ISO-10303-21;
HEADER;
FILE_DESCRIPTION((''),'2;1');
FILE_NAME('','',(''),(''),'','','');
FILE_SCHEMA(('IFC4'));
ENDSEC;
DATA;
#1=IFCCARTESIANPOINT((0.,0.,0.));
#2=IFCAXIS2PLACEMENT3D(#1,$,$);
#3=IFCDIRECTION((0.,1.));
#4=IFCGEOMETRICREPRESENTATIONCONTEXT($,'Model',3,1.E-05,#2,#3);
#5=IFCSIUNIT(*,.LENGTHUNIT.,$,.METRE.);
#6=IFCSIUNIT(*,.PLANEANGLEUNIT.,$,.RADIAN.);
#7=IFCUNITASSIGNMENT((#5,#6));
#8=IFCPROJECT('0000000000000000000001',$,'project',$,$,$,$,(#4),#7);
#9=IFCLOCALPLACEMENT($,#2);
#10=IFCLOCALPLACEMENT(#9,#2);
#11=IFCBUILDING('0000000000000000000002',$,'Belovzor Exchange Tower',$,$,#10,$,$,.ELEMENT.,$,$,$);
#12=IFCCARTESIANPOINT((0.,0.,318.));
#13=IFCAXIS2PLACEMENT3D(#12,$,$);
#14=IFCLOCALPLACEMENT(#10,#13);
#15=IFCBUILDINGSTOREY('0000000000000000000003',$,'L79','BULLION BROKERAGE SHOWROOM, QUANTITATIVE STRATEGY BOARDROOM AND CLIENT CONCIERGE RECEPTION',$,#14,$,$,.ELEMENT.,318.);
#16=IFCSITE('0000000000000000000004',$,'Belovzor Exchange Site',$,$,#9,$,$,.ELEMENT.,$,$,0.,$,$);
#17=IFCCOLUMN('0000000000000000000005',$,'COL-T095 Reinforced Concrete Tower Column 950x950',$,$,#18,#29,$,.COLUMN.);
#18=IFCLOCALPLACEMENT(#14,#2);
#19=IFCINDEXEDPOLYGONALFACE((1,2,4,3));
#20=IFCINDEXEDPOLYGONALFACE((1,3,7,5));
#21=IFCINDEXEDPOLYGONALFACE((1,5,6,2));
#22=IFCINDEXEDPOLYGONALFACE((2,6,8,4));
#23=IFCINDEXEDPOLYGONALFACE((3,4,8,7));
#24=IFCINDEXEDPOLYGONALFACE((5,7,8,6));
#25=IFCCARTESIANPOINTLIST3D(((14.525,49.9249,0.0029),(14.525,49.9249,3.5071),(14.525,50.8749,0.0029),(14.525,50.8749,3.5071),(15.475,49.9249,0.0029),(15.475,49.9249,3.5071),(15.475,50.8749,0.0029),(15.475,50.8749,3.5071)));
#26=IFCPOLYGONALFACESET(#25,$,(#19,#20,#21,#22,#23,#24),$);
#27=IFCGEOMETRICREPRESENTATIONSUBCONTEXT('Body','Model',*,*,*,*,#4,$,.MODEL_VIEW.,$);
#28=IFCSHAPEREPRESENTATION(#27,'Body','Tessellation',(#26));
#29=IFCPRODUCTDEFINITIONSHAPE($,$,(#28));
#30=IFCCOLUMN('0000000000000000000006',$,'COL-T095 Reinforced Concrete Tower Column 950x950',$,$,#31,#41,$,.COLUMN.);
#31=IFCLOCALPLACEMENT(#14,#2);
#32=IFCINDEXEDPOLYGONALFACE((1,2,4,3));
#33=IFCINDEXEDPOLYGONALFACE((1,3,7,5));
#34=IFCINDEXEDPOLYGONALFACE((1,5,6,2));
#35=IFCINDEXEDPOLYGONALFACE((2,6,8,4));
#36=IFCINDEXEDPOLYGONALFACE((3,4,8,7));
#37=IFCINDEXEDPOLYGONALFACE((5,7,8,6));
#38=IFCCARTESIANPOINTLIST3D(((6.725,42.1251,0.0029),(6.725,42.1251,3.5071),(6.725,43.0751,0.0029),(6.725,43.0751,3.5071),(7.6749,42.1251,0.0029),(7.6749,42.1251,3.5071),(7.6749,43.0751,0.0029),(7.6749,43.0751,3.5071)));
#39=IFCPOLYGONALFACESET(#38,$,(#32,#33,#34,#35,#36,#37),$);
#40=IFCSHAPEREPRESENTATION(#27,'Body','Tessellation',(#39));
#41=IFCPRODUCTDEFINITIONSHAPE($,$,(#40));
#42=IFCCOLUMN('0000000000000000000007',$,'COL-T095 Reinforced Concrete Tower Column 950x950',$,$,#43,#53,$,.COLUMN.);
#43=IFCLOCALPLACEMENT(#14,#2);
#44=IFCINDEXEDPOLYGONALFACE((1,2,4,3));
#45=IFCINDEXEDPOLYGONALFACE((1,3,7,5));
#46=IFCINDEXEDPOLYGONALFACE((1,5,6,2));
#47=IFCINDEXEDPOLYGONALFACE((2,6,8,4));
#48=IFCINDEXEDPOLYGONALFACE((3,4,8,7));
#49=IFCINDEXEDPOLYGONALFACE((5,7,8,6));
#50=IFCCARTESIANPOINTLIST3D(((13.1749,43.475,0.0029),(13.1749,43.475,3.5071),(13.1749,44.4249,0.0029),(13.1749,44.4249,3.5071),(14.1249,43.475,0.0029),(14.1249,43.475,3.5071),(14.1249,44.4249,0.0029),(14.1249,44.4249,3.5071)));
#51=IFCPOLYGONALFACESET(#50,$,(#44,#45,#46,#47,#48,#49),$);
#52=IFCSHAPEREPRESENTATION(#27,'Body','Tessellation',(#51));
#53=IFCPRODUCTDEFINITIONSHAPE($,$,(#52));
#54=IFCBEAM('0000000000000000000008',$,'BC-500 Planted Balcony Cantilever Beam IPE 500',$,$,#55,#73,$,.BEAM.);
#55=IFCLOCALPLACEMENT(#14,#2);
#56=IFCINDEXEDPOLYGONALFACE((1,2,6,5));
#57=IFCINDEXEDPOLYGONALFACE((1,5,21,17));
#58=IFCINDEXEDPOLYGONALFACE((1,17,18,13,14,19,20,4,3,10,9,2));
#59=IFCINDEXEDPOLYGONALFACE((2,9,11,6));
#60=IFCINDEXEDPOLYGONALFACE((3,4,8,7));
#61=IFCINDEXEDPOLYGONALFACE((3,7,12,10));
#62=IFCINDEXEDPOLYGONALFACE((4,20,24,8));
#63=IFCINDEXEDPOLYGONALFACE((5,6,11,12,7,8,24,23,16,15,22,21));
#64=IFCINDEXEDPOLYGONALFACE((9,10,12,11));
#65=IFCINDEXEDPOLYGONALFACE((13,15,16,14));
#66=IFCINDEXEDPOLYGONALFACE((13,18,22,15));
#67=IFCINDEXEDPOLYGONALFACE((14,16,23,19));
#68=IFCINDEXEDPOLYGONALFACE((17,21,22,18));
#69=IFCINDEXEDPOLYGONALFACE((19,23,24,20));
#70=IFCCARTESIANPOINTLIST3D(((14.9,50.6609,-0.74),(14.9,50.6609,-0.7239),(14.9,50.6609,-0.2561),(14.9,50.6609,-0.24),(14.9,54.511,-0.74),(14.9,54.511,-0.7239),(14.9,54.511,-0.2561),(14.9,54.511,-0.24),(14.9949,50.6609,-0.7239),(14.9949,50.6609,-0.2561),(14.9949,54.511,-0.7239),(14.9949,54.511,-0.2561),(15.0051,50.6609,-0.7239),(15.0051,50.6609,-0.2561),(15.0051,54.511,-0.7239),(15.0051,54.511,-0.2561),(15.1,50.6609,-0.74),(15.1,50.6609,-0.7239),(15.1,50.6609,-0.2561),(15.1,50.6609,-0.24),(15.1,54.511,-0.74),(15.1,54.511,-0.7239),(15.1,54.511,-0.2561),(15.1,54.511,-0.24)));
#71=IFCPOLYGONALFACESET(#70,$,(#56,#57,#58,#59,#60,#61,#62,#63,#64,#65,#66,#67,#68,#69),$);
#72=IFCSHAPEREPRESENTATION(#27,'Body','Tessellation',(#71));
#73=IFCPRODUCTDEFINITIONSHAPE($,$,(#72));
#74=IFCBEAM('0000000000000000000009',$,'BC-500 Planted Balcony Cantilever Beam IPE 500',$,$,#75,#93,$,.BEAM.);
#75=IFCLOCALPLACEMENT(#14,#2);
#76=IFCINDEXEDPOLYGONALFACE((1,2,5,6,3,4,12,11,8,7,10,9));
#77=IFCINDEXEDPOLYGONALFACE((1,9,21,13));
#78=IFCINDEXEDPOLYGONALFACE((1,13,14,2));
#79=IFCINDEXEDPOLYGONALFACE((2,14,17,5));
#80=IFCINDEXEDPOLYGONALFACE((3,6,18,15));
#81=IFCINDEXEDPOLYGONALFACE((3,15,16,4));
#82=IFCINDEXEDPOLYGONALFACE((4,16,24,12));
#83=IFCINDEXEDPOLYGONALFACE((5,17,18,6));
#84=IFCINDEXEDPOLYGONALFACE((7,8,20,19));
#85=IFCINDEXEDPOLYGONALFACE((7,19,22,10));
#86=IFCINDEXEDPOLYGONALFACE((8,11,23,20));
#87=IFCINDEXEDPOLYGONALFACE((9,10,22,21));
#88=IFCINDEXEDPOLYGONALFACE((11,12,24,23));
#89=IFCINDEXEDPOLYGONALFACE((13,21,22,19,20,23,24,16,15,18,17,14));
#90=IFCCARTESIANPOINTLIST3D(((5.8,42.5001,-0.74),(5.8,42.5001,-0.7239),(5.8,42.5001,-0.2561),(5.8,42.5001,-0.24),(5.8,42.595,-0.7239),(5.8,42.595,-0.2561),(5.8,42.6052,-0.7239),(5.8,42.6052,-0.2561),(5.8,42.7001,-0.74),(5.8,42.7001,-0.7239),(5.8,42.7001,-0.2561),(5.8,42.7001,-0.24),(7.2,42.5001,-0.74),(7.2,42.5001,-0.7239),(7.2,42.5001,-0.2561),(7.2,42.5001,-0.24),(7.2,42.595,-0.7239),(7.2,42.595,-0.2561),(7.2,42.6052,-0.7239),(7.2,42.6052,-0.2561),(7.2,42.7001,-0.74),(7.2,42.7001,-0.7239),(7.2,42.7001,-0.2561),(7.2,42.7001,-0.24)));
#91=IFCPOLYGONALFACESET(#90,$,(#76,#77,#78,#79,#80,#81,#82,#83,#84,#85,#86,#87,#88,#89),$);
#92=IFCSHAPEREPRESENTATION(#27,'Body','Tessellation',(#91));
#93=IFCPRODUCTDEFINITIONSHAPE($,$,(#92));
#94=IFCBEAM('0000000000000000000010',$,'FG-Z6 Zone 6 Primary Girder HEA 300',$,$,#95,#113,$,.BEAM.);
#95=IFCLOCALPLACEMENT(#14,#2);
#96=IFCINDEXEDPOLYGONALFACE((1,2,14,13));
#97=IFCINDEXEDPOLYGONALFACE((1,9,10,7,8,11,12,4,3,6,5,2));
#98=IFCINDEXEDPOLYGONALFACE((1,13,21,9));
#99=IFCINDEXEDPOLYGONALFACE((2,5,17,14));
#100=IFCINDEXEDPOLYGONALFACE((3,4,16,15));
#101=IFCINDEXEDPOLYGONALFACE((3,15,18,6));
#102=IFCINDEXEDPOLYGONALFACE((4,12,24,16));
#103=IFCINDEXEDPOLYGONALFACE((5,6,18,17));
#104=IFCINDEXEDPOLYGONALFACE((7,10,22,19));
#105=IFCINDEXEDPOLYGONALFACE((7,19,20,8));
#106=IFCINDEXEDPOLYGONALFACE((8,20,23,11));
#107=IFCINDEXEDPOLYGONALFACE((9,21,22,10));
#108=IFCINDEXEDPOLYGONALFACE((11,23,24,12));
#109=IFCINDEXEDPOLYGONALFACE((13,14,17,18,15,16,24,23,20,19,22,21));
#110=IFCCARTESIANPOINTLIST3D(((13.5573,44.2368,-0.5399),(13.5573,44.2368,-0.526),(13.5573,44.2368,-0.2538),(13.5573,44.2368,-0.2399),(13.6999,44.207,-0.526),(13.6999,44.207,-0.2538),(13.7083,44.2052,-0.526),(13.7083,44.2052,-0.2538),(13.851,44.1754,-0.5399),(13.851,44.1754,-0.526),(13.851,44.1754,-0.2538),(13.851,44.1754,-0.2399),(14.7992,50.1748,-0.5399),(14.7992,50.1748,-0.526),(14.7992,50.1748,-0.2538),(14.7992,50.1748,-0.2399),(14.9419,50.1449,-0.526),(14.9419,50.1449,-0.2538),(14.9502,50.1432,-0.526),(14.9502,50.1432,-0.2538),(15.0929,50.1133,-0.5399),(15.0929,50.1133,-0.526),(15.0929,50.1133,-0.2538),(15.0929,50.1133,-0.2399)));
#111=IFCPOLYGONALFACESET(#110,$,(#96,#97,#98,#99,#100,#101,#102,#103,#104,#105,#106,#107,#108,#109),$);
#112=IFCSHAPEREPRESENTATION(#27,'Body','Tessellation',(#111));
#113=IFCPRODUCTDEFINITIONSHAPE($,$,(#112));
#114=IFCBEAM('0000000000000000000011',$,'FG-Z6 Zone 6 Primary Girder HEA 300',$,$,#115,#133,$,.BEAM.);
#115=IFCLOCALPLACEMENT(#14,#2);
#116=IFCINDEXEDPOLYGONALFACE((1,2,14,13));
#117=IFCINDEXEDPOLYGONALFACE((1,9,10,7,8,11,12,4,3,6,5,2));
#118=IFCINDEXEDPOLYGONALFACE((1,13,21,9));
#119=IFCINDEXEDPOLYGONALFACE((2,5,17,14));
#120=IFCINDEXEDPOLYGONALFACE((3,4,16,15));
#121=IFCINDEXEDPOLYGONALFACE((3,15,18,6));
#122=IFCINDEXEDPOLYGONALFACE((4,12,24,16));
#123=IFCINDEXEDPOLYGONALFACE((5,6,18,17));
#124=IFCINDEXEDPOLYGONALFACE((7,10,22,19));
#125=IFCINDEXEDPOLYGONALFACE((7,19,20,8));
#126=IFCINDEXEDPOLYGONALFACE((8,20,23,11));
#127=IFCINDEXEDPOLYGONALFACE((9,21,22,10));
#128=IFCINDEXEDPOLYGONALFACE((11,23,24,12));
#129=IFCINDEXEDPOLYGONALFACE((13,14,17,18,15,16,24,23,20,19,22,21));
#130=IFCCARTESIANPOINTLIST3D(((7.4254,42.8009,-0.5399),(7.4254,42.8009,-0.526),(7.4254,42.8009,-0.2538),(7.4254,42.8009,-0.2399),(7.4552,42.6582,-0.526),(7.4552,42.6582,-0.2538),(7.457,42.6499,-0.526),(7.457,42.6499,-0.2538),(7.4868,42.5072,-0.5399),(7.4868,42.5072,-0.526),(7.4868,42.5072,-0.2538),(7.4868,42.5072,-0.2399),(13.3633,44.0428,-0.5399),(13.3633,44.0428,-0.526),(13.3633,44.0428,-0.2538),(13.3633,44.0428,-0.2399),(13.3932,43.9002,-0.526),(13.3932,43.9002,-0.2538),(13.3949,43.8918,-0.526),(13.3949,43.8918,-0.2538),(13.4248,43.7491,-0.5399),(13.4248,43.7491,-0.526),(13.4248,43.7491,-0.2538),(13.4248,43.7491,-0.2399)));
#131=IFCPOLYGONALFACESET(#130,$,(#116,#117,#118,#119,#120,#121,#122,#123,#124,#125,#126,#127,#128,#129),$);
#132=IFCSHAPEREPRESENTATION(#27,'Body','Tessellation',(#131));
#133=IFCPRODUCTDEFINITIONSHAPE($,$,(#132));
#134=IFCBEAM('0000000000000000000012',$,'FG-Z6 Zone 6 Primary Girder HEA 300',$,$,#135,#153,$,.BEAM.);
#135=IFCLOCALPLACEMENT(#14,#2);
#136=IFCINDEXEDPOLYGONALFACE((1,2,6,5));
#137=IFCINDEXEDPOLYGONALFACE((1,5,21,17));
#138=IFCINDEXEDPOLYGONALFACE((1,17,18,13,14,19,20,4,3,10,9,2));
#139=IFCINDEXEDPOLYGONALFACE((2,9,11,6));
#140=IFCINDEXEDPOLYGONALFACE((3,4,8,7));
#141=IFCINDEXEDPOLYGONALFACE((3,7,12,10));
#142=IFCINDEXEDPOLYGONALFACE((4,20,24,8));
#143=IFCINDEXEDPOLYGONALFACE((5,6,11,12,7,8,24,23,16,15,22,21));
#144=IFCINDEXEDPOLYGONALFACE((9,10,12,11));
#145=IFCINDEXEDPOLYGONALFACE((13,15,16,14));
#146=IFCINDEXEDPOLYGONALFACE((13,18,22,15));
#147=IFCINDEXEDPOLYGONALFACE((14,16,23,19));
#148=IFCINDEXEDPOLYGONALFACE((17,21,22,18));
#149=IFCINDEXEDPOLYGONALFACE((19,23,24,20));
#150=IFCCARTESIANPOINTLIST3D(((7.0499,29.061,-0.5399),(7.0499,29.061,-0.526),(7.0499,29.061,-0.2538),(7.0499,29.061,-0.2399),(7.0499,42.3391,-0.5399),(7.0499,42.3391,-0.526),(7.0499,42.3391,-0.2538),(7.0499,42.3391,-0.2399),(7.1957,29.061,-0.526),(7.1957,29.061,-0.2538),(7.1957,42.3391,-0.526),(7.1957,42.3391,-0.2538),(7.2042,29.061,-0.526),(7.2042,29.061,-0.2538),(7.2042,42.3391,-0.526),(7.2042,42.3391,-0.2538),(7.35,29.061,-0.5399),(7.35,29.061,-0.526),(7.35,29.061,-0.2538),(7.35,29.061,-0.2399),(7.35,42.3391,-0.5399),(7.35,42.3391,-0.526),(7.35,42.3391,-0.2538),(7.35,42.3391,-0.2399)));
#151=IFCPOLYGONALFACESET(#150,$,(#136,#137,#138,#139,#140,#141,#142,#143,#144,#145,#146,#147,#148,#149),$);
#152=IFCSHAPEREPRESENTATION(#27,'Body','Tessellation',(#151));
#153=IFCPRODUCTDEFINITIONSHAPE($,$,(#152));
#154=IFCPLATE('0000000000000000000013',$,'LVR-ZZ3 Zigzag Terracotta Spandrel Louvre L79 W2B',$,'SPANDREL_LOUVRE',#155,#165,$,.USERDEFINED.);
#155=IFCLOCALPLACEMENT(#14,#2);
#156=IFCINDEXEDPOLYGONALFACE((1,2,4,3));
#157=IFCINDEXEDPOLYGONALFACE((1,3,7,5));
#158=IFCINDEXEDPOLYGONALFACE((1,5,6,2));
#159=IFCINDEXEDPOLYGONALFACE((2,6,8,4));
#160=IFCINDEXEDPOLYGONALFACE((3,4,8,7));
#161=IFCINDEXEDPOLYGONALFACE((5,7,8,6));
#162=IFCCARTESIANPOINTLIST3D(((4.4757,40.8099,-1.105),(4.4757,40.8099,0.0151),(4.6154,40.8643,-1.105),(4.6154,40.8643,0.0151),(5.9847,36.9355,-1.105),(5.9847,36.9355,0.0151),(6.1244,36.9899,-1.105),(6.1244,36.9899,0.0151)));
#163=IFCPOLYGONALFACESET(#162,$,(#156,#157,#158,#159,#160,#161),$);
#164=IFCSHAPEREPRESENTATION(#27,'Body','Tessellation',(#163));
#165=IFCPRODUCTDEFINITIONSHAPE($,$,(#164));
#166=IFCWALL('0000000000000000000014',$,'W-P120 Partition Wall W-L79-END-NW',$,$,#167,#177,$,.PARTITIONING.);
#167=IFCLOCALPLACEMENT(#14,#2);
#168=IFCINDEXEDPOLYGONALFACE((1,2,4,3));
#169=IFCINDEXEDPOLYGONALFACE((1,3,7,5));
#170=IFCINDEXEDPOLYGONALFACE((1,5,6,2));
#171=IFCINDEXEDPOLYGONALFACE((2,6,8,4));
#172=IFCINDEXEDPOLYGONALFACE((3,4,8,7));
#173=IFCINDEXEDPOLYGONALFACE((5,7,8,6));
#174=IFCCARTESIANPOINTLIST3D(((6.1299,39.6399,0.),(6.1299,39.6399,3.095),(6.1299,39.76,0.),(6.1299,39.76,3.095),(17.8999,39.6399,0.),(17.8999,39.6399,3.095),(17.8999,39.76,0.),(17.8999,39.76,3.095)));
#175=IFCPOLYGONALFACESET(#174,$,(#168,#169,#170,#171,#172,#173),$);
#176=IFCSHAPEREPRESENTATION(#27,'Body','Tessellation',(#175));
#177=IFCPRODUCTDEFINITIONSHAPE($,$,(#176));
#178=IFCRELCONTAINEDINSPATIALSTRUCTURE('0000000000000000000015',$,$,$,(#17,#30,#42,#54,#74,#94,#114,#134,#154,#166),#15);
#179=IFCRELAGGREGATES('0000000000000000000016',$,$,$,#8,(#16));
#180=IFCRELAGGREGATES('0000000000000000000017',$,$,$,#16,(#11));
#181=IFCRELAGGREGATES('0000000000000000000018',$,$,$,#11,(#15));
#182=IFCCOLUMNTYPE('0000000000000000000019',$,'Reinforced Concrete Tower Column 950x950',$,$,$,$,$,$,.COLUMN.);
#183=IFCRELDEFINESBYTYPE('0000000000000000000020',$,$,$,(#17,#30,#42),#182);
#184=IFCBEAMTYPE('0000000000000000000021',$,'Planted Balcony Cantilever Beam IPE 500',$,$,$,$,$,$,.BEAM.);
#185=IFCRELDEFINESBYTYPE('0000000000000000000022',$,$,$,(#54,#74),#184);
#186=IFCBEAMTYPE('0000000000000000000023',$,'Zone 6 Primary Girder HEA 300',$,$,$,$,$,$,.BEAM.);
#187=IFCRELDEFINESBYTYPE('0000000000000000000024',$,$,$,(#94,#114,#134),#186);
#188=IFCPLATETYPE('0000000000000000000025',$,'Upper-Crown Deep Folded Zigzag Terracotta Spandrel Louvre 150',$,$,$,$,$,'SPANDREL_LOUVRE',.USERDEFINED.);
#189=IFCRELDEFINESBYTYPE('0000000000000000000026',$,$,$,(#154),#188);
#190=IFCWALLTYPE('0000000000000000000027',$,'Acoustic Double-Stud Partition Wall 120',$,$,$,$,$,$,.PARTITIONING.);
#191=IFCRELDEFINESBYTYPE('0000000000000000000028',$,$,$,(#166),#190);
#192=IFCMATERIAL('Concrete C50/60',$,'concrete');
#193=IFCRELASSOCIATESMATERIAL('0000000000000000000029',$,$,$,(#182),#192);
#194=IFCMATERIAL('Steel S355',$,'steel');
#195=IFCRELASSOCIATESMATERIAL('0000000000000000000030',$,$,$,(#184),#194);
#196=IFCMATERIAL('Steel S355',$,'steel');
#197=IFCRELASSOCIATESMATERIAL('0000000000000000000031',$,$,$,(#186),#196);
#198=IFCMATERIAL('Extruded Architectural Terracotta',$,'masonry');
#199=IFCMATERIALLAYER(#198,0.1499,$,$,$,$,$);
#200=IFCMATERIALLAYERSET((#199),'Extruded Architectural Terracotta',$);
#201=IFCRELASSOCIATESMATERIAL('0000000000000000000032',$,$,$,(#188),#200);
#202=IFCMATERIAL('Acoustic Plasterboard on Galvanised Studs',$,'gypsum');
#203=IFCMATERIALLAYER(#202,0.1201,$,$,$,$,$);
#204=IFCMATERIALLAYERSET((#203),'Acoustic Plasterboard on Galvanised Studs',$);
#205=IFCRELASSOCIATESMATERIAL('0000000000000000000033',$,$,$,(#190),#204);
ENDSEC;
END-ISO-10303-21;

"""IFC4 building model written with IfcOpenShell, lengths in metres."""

from ifc_helpers import new_model, si_unit, direction, frame, frame_2d, origin, origin_2d, place, context, subcontext, project, spatial, rectangle, i_section, extrude, material, layer, layer_set, material_profile, profile_set, type_object, element, save


model = new_model("IFC4")

# Units and contexts
model_context = context("Model", 3, precision=1e-05, world=origin(), true_north=direction((0.0, 1.0)))
body_context = subcontext(model_context, "Body", "Model", "MODEL_VIEW")
ifc_project = project(units=[si_unit("LENGTHUNIT", "METRE"), si_unit("PLANEANGLEUNIT", "RADIAN")], contexts=[model_context])

# Site, building, storey
site_placement = place(None, origin())
site = spatial("IfcSite", under=ifc_project, at=site_placement, Name="Belovzor Exchange Site", CompositionType="ELEMENT", RefElevation=0.0)
building_placement = place(site_placement, origin())
building = spatial("IfcBuilding", under=site, at=building_placement, Name="Belovzor Exchange Tower", CompositionType="ELEMENT")
storey_placement = place(building_placement, frame((0.0, 0.0, 318.0)))
storey = spatial("IfcBuildingStorey", under=building, at=storey_placement, Name="L79", Description="BULLION BROKERAGE SHOWROOM, QUANTITATIVE STRATEGY BOARDROOM AND CLIENT CONCIERGE RECEPTION", CompositionType="ELEMENT", Elevation=318.0)

# Columns
ifc_material_1 = material(Name="Concrete C50/60", Category="concrete")
ifc_material_profile_1 = material_profile(ifc_material_1, rectangle(XDim=0.95, YDim=0.95, at=origin_2d()))
ifc_profile_set_1 = profile_set([ifc_material_profile_1], Name="Concrete C50/60")
column_type = type_object("IfcColumnType", Name="Reinforced Concrete Tower Column 950x950", PredefinedType="COLUMN", material=ifc_profile_set_1)
for number, where, z_axis, x_axis, name in (
    (1, (15.0, 50.3999, 0.0029), (0.0, 0.0, 1.0), (1.0, 0.0, 0.0), "COL-T095 Reinforced Concrete Tower Column 950x950"),
    (2, (7.2, 42.6001, 0.0029), (0.0, 0.0, 1.0), (1.0, 0.0, 0.0), "COL-T095 Reinforced Concrete Tower Column 950x950"),
    (3, (13.6499, 43.95, 0.0029), (0.0, 0.0, 1.0), (1.0, 0.0, 0.0), "COL-T095 Reinforced Concrete Tower Column 950x950"),
):
    element("IfcColumn", number, at=place(storey_placement, frame(where, z_axis=z_axis, x_axis=x_axis)), inside=storey, type_object=column_type, Name=name, PredefinedType="COLUMN", context=body_context, shape_type="SweptSolid", body=[
        extrude(rectangle(XDim=0.95, YDim=0.95, at=origin_2d()), origin(), (0.0, 0.0, 1.0), 3.5042),
    ])

# Beams
ifc_material_2 = material(Name="Steel S355", Category="steel")
ifc_material_profile_2 = material_profile(ifc_material_2, i_section(OverallWidth=0.2, OverallDepth=0.5, WebThickness=0.0103, FlangeThickness=0.0161, at=origin_2d()))
ifc_profile_set_2 = profile_set([ifc_material_profile_2], Name="Steel S355")
beam_type_1 = type_object("IfcBeamType", Name="Planted Balcony Cantilever Beam IPE 500", PredefinedType="BEAM", material=ifc_profile_set_2)
beam_1_placement = place(storey_placement, frame((15.0, 50.6609, -0.49), z_axis=(0.0, 1.0, 0.0), x_axis=(-1.0, 0.0, 0.0)))
element("IfcBeam", 4, at=beam_1_placement, inside=storey, type_object=beam_type_1, Name="BC-500 Planted Balcony Cantilever Beam IPE 500", PredefinedType="BEAM", context=body_context, shape_type="SweptSolid", body=[
    extrude(i_section(OverallWidth=0.2, OverallDepth=0.5, WebThickness=0.0103, FlangeThickness=0.0161, at=origin_2d()), origin(), (0.0, 0.0, 1.0), 3.8501),
])
beam_2_placement = place(storey_placement, frame((7.2, 42.6001, -0.49), z_axis=(-1.0, 0.0, 0.0), x_axis=(0.0, -1.0, 0.0)))
element("IfcBeam", 5, at=beam_2_placement, inside=storey, type_object=beam_type_1, Name="BC-500 Planted Balcony Cantilever Beam IPE 500", PredefinedType="BEAM", context=body_context, shape_type="SweptSolid", body=[
    extrude(i_section(OverallWidth=0.2, OverallDepth=0.5, WebThickness=0.0103, FlangeThickness=0.0161, at=origin_2d()), origin(), (0.0, 0.0, 1.0), 1.3999),
])
ifc_material_3 = material(Name="Steel S355", Category="steel")
ifc_material_profile_3 = material_profile(ifc_material_3, i_section(OverallWidth=0.3, OverallDepth=0.3, WebThickness=0.0085, FlangeThickness=0.0139, at=origin_2d()))
ifc_profile_set_3 = profile_set([ifc_material_profile_3], Name="Steel S355")
beam_type_2 = type_object("IfcBeamType", Name="Zone 6 Primary Girder HEA 300", PredefinedType="BEAM", material=ifc_profile_set_3)
for number, where, z_axis, x_axis, name in (
    (6, (14.946, 50.144, -0.3899), (-0.204722, -0.97882, 0.0), (0.97882, -0.204722, 0.0), "FG-Z6 Zone 6 Primary Girder HEA 300"),
    (7, (13.394, 43.896, -0.3899), (-0.97882, -0.204722, 0.0), (0.204722, -0.97882, 0.0), "FG-Z6 Zone 6 Primary Girder HEA 300"),
):
    element("IfcBeam", number, at=place(storey_placement, frame(where, z_axis=z_axis, x_axis=x_axis)), inside=storey, type_object=beam_type_2, Name=name, PredefinedType="BEAM", context=body_context, shape_type="SweptSolid", body=[
        extrude(i_section(OverallWidth=0.3, OverallDepth=0.3, WebThickness=0.0085, FlangeThickness=0.0139, at=origin_2d()), origin(), (0.0, 0.0, 1.0), 6.0664),
    ])
beam_3_placement = place(storey_placement, frame((7.2, 42.3391, -0.3899), z_axis=(0.0, -1.0, 0.0), x_axis=(1.0, 0.0, 0.0)))
element("IfcBeam", 8, at=beam_3_placement, inside=storey, type_object=beam_type_2, Name="FG-Z6 Zone 6 Primary Girder HEA 300", PredefinedType="BEAM", context=body_context, shape_type="SweptSolid", body=[
    extrude(i_section(OverallWidth=0.3, OverallDepth=0.3, WebThickness=0.0085, FlangeThickness=0.0139, at=origin_2d()), origin(), (0.0, 0.0, 1.0), 13.2781),
])

# Plate
ifc_material_4 = material(Name="Extruded Architectural Terracotta", Category="masonry")
ifc_layer_1 = layer(ifc_material_4, 0.1499)
ifc_layer_set_1 = layer_set([ifc_layer_1], Name="Extruded Architectural Terracotta")
plate_type = type_object("IfcPlateType", Name="Upper-Crown Deep Folded Zigzag Terracotta Spandrel Louvre 150", ElementType="SPANDREL_LOUVRE", PredefinedType="USERDEFINED", material=ifc_layer_set_1)
plate_placement = place(storey_placement, frame((5.3, 38.8999, -1.105), z_axis=(0.0, 0.0, 1.0), x_axis=(-0.362926, 0.931818, 0.0)))
element("IfcPlate", 9, at=plate_placement, inside=storey, type_object=plate_type, Name="LVR-ZZ3 Zigzag Terracotta Spandrel Louvre L79 W2B", ObjectType="SPANDREL_LOUVRE", PredefinedType="USERDEFINED", context=body_context, shape_type="SweptSolid", body=[
    extrude(rectangle(XDim=4.158, YDim=0.1499, at=origin_2d()), origin(), (0.0, 0.0, 1.0), 1.1201),
])

# Wall
ifc_material_5 = material(Name="Acoustic Plasterboard on Galvanised Studs", Category="gypsum")
ifc_layer_2 = layer(ifc_material_5, 0.1201)
ifc_layer_set_2 = layer_set([ifc_layer_2], Name="Acoustic Plasterboard on Galvanised Studs")
wall_type_1 = type_object("IfcWallType", Name="Acoustic Double-Stud Partition Wall 120", PredefinedType="PARTITIONING", material=ifc_layer_set_2)
wall_1_placement = place(storey_placement, frame((6.1299, 39.7, 0.0), z_axis=(0.0, 0.0, 1.0), x_axis=(1.0, 0.0, 0.0)))
element("IfcWall", 10, at=wall_1_placement, inside=storey, type_object=wall_type_1, Name="W-P120 Partition Wall W-L79-END-NW", PredefinedType="PARTITIONING", context=body_context, shape_type="SweptSolid", body=[
    extrude(rectangle(XDim=11.77, YDim=0.1201, at=frame_2d((5.885, 0.0))), origin(), (0.0, 0.0, 1.0), 3.095),
])

save(model, "model.ifc")
